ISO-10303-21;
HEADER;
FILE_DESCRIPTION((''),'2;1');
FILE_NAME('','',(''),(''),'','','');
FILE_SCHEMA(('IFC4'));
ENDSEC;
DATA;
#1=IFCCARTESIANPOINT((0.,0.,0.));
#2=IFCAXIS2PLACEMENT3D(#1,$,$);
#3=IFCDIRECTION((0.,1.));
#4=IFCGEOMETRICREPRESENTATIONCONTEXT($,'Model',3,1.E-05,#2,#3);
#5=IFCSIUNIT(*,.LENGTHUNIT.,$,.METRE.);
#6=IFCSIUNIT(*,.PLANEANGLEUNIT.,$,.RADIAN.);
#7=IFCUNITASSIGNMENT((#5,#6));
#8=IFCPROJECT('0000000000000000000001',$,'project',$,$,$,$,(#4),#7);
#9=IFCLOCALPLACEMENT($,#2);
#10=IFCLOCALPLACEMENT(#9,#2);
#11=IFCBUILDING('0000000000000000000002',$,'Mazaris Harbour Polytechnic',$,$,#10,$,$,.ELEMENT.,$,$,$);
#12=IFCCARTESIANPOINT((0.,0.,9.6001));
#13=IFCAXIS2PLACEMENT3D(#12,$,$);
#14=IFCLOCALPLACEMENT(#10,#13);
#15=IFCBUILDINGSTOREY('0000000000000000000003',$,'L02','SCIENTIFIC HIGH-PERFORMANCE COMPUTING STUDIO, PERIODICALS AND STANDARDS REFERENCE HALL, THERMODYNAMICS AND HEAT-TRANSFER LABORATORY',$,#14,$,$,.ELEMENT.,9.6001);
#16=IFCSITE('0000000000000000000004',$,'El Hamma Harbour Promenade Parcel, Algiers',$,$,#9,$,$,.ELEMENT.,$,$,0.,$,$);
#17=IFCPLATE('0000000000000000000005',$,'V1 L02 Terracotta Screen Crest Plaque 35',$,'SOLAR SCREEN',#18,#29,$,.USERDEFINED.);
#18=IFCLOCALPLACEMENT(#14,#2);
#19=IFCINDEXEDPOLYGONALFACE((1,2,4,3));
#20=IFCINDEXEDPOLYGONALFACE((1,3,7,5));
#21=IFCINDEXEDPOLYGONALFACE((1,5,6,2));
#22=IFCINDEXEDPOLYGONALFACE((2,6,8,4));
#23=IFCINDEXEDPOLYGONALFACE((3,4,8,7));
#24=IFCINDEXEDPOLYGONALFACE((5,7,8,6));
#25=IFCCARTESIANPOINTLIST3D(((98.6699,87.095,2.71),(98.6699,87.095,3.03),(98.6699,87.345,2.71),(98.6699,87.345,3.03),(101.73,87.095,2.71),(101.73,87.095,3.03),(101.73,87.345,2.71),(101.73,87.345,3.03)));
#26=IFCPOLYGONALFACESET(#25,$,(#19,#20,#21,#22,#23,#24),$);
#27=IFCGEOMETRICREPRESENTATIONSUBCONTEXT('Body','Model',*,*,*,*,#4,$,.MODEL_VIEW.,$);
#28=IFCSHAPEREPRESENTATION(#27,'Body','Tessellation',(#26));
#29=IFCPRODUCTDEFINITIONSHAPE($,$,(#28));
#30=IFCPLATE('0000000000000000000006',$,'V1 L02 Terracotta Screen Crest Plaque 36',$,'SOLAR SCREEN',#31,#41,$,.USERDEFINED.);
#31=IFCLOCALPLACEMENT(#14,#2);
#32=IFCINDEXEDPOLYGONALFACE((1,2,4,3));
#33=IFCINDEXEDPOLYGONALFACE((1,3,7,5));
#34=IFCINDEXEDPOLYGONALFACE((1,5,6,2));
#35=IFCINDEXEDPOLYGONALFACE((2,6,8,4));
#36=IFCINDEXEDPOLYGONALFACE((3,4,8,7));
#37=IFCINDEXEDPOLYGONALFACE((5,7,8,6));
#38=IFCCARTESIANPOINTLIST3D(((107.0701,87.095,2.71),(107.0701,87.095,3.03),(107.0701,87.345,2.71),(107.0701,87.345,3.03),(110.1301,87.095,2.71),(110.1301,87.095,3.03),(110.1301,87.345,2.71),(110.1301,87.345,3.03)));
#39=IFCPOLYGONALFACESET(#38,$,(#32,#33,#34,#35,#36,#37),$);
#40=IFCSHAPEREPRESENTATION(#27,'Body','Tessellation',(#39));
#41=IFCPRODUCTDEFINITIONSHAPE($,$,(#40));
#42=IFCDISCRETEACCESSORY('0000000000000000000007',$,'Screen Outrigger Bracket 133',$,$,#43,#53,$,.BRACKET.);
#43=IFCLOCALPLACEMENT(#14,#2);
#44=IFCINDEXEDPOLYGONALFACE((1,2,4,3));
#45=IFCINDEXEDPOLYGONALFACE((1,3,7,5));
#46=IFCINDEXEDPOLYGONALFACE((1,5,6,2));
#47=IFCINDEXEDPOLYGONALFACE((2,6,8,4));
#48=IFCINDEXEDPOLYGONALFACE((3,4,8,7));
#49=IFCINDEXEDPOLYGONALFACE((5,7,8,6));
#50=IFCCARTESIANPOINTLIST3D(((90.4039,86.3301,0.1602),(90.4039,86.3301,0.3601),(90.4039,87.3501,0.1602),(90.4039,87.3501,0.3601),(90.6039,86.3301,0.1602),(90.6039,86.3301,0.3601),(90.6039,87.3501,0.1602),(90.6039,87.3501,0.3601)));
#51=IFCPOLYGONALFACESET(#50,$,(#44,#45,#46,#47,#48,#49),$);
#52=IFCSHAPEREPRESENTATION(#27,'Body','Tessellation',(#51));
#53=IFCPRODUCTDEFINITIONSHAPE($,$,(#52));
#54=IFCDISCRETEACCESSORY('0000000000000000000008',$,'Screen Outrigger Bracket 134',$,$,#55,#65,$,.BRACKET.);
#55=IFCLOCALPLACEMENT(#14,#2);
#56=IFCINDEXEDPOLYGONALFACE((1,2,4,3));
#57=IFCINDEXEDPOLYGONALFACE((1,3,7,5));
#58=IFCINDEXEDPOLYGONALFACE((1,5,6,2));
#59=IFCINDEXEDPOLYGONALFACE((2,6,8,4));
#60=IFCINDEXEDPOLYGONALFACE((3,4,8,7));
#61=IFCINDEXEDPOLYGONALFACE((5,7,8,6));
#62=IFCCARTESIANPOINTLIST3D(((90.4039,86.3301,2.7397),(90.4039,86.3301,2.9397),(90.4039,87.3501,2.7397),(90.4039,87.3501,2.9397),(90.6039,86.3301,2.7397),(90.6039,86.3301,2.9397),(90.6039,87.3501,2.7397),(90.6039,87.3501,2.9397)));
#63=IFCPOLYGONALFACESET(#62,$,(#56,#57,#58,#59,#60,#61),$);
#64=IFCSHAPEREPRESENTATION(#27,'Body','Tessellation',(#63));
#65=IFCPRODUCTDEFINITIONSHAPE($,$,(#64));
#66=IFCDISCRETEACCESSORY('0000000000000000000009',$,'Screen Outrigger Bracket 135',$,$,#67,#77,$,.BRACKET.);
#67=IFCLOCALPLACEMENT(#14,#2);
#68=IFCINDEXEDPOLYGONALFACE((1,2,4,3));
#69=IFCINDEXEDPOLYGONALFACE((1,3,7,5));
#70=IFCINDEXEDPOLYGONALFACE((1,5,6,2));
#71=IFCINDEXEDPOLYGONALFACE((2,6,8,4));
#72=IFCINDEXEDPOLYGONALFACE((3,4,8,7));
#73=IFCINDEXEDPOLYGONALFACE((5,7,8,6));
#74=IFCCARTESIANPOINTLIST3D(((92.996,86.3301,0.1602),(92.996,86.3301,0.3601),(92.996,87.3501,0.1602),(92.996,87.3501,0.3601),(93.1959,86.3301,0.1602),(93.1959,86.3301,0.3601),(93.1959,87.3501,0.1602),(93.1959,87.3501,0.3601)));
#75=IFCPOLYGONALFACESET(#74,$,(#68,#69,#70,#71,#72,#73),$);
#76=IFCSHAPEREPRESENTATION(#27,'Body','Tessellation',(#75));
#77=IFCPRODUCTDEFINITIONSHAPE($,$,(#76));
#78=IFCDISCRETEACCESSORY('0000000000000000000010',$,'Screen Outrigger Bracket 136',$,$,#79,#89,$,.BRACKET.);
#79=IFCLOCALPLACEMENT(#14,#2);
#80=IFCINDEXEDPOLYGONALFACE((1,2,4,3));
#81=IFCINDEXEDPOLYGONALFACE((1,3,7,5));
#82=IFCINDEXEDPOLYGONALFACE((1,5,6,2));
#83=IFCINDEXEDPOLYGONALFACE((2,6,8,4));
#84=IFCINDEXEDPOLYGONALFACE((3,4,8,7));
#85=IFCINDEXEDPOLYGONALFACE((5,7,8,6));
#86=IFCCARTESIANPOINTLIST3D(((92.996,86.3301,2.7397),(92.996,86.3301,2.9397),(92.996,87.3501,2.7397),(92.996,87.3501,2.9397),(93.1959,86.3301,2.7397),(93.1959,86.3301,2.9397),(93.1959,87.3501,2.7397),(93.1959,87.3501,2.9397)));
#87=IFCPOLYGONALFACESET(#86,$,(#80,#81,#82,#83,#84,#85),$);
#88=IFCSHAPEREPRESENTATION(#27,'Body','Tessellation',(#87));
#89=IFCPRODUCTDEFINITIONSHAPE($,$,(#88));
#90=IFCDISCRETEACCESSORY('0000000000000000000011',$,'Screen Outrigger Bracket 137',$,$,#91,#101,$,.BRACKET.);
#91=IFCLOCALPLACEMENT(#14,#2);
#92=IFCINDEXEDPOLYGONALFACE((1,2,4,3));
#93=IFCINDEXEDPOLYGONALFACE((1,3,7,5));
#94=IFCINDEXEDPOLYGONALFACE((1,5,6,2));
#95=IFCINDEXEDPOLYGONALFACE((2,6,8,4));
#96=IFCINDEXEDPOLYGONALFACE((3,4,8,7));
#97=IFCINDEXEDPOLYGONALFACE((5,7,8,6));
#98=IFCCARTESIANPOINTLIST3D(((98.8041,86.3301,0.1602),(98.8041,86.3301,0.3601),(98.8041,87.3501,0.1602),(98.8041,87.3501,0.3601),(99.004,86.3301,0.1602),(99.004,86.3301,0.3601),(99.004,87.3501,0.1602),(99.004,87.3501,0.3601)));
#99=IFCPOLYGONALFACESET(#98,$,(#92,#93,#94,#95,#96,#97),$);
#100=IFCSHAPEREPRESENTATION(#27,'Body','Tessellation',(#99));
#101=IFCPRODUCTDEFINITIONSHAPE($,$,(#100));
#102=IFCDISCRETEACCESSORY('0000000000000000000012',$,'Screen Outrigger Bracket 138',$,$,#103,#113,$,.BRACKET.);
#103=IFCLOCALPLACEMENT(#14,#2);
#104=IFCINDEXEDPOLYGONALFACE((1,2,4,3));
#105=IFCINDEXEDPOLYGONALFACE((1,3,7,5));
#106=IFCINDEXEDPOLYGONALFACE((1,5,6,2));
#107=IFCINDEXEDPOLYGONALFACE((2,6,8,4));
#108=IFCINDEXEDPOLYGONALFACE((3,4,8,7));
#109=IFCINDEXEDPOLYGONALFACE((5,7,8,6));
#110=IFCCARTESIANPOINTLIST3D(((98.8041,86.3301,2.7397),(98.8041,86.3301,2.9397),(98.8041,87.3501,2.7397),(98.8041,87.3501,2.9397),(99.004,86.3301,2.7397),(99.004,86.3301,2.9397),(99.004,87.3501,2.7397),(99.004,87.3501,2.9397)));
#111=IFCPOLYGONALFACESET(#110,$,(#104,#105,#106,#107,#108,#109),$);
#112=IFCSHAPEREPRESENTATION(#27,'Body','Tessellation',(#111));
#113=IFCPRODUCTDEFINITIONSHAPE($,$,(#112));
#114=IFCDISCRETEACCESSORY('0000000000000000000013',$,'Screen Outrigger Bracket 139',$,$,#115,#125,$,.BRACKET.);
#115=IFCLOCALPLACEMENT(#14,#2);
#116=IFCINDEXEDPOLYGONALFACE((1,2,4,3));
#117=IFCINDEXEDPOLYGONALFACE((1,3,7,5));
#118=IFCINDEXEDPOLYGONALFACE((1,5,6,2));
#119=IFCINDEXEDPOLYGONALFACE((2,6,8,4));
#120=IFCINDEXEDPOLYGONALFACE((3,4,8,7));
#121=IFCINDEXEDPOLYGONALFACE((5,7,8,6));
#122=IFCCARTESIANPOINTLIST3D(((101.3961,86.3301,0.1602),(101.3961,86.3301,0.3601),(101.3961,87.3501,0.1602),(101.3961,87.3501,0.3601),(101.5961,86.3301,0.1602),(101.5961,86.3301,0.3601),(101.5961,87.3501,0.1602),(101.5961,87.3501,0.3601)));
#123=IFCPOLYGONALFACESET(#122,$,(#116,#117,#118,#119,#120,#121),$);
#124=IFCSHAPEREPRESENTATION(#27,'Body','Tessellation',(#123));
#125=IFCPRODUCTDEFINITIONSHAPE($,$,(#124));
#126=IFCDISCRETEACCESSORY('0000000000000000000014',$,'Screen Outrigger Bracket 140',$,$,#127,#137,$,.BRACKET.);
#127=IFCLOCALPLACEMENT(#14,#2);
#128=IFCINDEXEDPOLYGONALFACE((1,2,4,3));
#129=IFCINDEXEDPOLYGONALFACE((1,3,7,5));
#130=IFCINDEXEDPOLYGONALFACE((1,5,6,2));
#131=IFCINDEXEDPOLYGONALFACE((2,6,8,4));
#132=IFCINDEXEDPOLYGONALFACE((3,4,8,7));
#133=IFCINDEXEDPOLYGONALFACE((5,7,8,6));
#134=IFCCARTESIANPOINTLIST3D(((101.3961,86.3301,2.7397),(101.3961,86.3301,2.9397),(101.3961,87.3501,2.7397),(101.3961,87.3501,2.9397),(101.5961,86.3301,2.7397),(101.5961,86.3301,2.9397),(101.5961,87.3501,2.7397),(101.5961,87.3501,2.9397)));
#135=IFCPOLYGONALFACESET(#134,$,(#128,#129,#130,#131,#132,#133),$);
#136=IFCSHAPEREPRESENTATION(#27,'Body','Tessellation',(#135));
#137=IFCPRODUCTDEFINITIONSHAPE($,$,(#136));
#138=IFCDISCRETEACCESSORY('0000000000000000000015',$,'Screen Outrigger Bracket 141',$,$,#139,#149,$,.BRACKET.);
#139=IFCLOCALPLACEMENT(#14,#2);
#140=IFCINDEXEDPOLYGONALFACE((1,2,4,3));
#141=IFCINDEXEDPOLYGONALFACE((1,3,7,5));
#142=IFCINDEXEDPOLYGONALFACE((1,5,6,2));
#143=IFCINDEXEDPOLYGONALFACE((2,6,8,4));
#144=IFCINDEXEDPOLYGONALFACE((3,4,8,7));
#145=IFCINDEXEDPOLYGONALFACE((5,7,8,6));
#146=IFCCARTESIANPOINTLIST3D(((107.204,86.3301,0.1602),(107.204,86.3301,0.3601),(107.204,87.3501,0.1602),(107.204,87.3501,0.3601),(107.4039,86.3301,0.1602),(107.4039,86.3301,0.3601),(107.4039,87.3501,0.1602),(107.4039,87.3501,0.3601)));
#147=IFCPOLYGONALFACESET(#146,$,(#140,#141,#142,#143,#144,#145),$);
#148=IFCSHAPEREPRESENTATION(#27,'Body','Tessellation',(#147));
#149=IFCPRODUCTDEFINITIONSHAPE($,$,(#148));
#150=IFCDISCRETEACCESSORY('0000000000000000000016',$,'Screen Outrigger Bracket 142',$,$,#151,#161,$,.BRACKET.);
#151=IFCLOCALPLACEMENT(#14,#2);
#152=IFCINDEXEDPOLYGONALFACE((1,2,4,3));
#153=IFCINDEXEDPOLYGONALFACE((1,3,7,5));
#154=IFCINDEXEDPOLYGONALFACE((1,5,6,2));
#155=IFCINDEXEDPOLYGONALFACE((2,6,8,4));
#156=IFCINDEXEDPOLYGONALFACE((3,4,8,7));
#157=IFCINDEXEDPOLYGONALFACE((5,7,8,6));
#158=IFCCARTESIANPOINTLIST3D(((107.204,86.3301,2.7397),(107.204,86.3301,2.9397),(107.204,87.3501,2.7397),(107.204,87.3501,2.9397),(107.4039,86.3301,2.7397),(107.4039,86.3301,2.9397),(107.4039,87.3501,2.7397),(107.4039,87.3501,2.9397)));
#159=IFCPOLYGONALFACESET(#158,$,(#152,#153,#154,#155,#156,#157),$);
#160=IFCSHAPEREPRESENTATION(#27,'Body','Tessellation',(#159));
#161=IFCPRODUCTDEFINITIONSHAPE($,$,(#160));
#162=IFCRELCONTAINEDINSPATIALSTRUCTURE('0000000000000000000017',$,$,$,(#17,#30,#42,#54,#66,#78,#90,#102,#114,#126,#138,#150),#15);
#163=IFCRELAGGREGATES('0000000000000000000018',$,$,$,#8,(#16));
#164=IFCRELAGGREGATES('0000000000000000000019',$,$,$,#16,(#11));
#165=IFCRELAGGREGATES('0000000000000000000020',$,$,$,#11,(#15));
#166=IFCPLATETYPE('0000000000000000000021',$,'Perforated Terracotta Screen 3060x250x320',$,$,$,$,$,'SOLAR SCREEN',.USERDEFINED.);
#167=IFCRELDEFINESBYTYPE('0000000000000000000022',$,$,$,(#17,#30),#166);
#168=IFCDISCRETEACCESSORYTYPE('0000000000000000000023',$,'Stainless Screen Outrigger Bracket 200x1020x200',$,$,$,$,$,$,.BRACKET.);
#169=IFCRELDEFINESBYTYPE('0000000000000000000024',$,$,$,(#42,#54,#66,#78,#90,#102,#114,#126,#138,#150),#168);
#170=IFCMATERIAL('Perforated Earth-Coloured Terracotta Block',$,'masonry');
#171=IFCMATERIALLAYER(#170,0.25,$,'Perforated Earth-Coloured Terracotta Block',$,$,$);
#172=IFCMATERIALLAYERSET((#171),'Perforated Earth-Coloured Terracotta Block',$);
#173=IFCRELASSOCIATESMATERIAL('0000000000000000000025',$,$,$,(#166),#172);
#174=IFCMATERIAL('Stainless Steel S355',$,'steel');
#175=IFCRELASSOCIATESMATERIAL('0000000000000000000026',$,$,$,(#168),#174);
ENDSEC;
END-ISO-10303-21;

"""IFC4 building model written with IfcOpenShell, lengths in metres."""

from ifc_helpers import new_model, si_unit, direction, frame, origin, origin_2d, place, context, subcontext, project, spatial, rectangle, extrude, material, layer, layer_set, type_object, element, save


model = new_model("IFC4")

# Units and contexts
model_context = context("Model", 3, precision=1e-05, world=origin(), true_north=direction((0.0, 1.0)))
body_context = subcontext(model_context, "Body", "Model", "MODEL_VIEW")
ifc_project = project(units=[si_unit("LENGTHUNIT", "METRE"), si_unit("PLANEANGLEUNIT", "RADIAN")], contexts=[model_context])

# Site, building, storey
site_placement = place(None, origin())
site = spatial("IfcSite", under=ifc_project, at=site_placement, Name="El Hamma Harbour Promenade Parcel, Algiers", CompositionType="ELEMENT", RefElevation=0.0)
building_placement = place(site_placement, origin())
building = spatial("IfcBuilding", under=site, at=building_placement, Name="Mazaris Harbour Polytechnic", CompositionType="ELEMENT")
storey_placement = place(building_placement, frame((0.0, 0.0, 9.6001)))
storey = spatial("IfcBuildingStorey", under=building, at=storey_placement, Name="L02", Description="SCIENTIFIC HIGH-PERFORMANCE COMPUTING STUDIO, PERIODICALS AND STANDARDS REFERENCE HALL, THERMODYNAMICS AND HEAT-TRANSFER LABORATORY", CompositionType="ELEMENT", Elevation=9.6001)

# Plates
ifc_material_1 = material(Name="Perforated Earth-Coloured Terracotta Block", Category="masonry")
ifc_layer_1 = layer(ifc_material_1, 0.25, Name="Perforated Earth-Coloured Terracotta Block")
ifc_layer_set_1 = layer_set([ifc_layer_1], Name="Perforated Earth-Coloured Terracotta Block")
plate_type_1 = type_object("IfcPlateType", Name="Perforated Terracotta Screen 3060x250x320", ElementType="SOLAR SCREEN", PredefinedType="USERDEFINED", material=ifc_layer_set_1)
for number, where, z_axis, x_axis, name in (
    (1, (100.2, 87.22, 2.71), (0.0, 0.0, 1.0), (1.0, 0.0, 0.0), "V1 L02 Terracotta Screen Crest Plaque 35"),
    (2, (108.6001, 87.22, 2.71), (0.0, 0.0, 1.0), (1.0, 0.0, 0.0), "V1 L02 Terracotta Screen Crest Plaque 36"),
):
    element("IfcPlate", number, at=place(storey_placement, frame(where, z_axis=z_axis, x_axis=x_axis)), inside=storey, type_object=plate_type_1, Name=name, ObjectType="SOLAR SCREEN", PredefinedType="USERDEFINED", context=body_context, shape_type="SweptSolid", body=[
        extrude(rectangle(XDim=3.0601, YDim=0.25, at=origin_2d()), origin(), (0.0, 0.0, 1.0), 0.3201),
    ])

# Discrete accessories
ifc_material_2 = material(Name="Stainless Steel S355", Category="steel")
discrete_accessory_type = type_object("IfcDiscreteAccessoryType", Name="Stainless Screen Outrigger Bracket 200x1020x200", PredefinedType="BRACKET", material=ifc_material_2)
for number, where, z_axis, x_axis, name in (
    (3, (90.5039, 86.8401, 0.1602), (0.0, 0.0, 1.0), (1.0, 0.0, 0.0), "Screen Outrigger Bracket 133"),
    (4, (90.5039, 86.8401, 2.7397), (0.0, 0.0, 1.0), (1.0, 0.0, 0.0), "Screen Outrigger Bracket 134"),
    (5, (93.0959, 86.8401, 0.1602), (0.0, 0.0, 1.0), (1.0, 0.0, 0.0), "Screen Outrigger Bracket 135"),
    (6, (93.0959, 86.8401, 2.7397), (0.0, 0.0, 1.0), (1.0, 0.0, 0.0), "Screen Outrigger Bracket 136"),
    (7, (98.9041, 86.8401, 0.1602), (0.0, 0.0, 1.0), (1.0, 0.0, 0.0), "Screen Outrigger Bracket 137"),
    (8, (98.9041, 86.8401, 2.7397), (0.0, 0.0, 1.0), (1.0, 0.0, 0.0), "Screen Outrigger Bracket 138"),
    (9, (101.4961, 86.8401, 0.1602), (0.0, 0.0, 1.0), (1.0, 0.0, 0.0), "Screen Outrigger Bracket 139"),
    (10, (101.4961, 86.8401, 2.7397), (0.0, 0.0, 1.0), (1.0, 0.0, 0.0), "Screen Outrigger Bracket 140"),
    (11, (107.304, 86.8401, 0.1602), (0.0, 0.0, 1.0), (1.0, 0.0, 0.0), "Screen Outrigger Bracket 141"),
    (12, (107.304, 86.8401, 2.7397), (0.0, 0.0, 1.0), (1.0, 0.0, 0.0), "Screen Outrigger Bracket 142"),
):
    element("IfcDiscreteAccessory", number, at=place(storey_placement, frame(where, z_axis=z_axis, x_axis=x_axis)), inside=storey, type_object=discrete_accessory_type, Name=name, PredefinedType="BRACKET", context=body_context, shape_type="SweptSolid", body=[
        extrude(rectangle(XDim=0.2, YDim=1.02, at=origin_2d()), origin(), (0.0, 0.0, 1.0), 0.2),
    ])

save(model, "model.ifc")
